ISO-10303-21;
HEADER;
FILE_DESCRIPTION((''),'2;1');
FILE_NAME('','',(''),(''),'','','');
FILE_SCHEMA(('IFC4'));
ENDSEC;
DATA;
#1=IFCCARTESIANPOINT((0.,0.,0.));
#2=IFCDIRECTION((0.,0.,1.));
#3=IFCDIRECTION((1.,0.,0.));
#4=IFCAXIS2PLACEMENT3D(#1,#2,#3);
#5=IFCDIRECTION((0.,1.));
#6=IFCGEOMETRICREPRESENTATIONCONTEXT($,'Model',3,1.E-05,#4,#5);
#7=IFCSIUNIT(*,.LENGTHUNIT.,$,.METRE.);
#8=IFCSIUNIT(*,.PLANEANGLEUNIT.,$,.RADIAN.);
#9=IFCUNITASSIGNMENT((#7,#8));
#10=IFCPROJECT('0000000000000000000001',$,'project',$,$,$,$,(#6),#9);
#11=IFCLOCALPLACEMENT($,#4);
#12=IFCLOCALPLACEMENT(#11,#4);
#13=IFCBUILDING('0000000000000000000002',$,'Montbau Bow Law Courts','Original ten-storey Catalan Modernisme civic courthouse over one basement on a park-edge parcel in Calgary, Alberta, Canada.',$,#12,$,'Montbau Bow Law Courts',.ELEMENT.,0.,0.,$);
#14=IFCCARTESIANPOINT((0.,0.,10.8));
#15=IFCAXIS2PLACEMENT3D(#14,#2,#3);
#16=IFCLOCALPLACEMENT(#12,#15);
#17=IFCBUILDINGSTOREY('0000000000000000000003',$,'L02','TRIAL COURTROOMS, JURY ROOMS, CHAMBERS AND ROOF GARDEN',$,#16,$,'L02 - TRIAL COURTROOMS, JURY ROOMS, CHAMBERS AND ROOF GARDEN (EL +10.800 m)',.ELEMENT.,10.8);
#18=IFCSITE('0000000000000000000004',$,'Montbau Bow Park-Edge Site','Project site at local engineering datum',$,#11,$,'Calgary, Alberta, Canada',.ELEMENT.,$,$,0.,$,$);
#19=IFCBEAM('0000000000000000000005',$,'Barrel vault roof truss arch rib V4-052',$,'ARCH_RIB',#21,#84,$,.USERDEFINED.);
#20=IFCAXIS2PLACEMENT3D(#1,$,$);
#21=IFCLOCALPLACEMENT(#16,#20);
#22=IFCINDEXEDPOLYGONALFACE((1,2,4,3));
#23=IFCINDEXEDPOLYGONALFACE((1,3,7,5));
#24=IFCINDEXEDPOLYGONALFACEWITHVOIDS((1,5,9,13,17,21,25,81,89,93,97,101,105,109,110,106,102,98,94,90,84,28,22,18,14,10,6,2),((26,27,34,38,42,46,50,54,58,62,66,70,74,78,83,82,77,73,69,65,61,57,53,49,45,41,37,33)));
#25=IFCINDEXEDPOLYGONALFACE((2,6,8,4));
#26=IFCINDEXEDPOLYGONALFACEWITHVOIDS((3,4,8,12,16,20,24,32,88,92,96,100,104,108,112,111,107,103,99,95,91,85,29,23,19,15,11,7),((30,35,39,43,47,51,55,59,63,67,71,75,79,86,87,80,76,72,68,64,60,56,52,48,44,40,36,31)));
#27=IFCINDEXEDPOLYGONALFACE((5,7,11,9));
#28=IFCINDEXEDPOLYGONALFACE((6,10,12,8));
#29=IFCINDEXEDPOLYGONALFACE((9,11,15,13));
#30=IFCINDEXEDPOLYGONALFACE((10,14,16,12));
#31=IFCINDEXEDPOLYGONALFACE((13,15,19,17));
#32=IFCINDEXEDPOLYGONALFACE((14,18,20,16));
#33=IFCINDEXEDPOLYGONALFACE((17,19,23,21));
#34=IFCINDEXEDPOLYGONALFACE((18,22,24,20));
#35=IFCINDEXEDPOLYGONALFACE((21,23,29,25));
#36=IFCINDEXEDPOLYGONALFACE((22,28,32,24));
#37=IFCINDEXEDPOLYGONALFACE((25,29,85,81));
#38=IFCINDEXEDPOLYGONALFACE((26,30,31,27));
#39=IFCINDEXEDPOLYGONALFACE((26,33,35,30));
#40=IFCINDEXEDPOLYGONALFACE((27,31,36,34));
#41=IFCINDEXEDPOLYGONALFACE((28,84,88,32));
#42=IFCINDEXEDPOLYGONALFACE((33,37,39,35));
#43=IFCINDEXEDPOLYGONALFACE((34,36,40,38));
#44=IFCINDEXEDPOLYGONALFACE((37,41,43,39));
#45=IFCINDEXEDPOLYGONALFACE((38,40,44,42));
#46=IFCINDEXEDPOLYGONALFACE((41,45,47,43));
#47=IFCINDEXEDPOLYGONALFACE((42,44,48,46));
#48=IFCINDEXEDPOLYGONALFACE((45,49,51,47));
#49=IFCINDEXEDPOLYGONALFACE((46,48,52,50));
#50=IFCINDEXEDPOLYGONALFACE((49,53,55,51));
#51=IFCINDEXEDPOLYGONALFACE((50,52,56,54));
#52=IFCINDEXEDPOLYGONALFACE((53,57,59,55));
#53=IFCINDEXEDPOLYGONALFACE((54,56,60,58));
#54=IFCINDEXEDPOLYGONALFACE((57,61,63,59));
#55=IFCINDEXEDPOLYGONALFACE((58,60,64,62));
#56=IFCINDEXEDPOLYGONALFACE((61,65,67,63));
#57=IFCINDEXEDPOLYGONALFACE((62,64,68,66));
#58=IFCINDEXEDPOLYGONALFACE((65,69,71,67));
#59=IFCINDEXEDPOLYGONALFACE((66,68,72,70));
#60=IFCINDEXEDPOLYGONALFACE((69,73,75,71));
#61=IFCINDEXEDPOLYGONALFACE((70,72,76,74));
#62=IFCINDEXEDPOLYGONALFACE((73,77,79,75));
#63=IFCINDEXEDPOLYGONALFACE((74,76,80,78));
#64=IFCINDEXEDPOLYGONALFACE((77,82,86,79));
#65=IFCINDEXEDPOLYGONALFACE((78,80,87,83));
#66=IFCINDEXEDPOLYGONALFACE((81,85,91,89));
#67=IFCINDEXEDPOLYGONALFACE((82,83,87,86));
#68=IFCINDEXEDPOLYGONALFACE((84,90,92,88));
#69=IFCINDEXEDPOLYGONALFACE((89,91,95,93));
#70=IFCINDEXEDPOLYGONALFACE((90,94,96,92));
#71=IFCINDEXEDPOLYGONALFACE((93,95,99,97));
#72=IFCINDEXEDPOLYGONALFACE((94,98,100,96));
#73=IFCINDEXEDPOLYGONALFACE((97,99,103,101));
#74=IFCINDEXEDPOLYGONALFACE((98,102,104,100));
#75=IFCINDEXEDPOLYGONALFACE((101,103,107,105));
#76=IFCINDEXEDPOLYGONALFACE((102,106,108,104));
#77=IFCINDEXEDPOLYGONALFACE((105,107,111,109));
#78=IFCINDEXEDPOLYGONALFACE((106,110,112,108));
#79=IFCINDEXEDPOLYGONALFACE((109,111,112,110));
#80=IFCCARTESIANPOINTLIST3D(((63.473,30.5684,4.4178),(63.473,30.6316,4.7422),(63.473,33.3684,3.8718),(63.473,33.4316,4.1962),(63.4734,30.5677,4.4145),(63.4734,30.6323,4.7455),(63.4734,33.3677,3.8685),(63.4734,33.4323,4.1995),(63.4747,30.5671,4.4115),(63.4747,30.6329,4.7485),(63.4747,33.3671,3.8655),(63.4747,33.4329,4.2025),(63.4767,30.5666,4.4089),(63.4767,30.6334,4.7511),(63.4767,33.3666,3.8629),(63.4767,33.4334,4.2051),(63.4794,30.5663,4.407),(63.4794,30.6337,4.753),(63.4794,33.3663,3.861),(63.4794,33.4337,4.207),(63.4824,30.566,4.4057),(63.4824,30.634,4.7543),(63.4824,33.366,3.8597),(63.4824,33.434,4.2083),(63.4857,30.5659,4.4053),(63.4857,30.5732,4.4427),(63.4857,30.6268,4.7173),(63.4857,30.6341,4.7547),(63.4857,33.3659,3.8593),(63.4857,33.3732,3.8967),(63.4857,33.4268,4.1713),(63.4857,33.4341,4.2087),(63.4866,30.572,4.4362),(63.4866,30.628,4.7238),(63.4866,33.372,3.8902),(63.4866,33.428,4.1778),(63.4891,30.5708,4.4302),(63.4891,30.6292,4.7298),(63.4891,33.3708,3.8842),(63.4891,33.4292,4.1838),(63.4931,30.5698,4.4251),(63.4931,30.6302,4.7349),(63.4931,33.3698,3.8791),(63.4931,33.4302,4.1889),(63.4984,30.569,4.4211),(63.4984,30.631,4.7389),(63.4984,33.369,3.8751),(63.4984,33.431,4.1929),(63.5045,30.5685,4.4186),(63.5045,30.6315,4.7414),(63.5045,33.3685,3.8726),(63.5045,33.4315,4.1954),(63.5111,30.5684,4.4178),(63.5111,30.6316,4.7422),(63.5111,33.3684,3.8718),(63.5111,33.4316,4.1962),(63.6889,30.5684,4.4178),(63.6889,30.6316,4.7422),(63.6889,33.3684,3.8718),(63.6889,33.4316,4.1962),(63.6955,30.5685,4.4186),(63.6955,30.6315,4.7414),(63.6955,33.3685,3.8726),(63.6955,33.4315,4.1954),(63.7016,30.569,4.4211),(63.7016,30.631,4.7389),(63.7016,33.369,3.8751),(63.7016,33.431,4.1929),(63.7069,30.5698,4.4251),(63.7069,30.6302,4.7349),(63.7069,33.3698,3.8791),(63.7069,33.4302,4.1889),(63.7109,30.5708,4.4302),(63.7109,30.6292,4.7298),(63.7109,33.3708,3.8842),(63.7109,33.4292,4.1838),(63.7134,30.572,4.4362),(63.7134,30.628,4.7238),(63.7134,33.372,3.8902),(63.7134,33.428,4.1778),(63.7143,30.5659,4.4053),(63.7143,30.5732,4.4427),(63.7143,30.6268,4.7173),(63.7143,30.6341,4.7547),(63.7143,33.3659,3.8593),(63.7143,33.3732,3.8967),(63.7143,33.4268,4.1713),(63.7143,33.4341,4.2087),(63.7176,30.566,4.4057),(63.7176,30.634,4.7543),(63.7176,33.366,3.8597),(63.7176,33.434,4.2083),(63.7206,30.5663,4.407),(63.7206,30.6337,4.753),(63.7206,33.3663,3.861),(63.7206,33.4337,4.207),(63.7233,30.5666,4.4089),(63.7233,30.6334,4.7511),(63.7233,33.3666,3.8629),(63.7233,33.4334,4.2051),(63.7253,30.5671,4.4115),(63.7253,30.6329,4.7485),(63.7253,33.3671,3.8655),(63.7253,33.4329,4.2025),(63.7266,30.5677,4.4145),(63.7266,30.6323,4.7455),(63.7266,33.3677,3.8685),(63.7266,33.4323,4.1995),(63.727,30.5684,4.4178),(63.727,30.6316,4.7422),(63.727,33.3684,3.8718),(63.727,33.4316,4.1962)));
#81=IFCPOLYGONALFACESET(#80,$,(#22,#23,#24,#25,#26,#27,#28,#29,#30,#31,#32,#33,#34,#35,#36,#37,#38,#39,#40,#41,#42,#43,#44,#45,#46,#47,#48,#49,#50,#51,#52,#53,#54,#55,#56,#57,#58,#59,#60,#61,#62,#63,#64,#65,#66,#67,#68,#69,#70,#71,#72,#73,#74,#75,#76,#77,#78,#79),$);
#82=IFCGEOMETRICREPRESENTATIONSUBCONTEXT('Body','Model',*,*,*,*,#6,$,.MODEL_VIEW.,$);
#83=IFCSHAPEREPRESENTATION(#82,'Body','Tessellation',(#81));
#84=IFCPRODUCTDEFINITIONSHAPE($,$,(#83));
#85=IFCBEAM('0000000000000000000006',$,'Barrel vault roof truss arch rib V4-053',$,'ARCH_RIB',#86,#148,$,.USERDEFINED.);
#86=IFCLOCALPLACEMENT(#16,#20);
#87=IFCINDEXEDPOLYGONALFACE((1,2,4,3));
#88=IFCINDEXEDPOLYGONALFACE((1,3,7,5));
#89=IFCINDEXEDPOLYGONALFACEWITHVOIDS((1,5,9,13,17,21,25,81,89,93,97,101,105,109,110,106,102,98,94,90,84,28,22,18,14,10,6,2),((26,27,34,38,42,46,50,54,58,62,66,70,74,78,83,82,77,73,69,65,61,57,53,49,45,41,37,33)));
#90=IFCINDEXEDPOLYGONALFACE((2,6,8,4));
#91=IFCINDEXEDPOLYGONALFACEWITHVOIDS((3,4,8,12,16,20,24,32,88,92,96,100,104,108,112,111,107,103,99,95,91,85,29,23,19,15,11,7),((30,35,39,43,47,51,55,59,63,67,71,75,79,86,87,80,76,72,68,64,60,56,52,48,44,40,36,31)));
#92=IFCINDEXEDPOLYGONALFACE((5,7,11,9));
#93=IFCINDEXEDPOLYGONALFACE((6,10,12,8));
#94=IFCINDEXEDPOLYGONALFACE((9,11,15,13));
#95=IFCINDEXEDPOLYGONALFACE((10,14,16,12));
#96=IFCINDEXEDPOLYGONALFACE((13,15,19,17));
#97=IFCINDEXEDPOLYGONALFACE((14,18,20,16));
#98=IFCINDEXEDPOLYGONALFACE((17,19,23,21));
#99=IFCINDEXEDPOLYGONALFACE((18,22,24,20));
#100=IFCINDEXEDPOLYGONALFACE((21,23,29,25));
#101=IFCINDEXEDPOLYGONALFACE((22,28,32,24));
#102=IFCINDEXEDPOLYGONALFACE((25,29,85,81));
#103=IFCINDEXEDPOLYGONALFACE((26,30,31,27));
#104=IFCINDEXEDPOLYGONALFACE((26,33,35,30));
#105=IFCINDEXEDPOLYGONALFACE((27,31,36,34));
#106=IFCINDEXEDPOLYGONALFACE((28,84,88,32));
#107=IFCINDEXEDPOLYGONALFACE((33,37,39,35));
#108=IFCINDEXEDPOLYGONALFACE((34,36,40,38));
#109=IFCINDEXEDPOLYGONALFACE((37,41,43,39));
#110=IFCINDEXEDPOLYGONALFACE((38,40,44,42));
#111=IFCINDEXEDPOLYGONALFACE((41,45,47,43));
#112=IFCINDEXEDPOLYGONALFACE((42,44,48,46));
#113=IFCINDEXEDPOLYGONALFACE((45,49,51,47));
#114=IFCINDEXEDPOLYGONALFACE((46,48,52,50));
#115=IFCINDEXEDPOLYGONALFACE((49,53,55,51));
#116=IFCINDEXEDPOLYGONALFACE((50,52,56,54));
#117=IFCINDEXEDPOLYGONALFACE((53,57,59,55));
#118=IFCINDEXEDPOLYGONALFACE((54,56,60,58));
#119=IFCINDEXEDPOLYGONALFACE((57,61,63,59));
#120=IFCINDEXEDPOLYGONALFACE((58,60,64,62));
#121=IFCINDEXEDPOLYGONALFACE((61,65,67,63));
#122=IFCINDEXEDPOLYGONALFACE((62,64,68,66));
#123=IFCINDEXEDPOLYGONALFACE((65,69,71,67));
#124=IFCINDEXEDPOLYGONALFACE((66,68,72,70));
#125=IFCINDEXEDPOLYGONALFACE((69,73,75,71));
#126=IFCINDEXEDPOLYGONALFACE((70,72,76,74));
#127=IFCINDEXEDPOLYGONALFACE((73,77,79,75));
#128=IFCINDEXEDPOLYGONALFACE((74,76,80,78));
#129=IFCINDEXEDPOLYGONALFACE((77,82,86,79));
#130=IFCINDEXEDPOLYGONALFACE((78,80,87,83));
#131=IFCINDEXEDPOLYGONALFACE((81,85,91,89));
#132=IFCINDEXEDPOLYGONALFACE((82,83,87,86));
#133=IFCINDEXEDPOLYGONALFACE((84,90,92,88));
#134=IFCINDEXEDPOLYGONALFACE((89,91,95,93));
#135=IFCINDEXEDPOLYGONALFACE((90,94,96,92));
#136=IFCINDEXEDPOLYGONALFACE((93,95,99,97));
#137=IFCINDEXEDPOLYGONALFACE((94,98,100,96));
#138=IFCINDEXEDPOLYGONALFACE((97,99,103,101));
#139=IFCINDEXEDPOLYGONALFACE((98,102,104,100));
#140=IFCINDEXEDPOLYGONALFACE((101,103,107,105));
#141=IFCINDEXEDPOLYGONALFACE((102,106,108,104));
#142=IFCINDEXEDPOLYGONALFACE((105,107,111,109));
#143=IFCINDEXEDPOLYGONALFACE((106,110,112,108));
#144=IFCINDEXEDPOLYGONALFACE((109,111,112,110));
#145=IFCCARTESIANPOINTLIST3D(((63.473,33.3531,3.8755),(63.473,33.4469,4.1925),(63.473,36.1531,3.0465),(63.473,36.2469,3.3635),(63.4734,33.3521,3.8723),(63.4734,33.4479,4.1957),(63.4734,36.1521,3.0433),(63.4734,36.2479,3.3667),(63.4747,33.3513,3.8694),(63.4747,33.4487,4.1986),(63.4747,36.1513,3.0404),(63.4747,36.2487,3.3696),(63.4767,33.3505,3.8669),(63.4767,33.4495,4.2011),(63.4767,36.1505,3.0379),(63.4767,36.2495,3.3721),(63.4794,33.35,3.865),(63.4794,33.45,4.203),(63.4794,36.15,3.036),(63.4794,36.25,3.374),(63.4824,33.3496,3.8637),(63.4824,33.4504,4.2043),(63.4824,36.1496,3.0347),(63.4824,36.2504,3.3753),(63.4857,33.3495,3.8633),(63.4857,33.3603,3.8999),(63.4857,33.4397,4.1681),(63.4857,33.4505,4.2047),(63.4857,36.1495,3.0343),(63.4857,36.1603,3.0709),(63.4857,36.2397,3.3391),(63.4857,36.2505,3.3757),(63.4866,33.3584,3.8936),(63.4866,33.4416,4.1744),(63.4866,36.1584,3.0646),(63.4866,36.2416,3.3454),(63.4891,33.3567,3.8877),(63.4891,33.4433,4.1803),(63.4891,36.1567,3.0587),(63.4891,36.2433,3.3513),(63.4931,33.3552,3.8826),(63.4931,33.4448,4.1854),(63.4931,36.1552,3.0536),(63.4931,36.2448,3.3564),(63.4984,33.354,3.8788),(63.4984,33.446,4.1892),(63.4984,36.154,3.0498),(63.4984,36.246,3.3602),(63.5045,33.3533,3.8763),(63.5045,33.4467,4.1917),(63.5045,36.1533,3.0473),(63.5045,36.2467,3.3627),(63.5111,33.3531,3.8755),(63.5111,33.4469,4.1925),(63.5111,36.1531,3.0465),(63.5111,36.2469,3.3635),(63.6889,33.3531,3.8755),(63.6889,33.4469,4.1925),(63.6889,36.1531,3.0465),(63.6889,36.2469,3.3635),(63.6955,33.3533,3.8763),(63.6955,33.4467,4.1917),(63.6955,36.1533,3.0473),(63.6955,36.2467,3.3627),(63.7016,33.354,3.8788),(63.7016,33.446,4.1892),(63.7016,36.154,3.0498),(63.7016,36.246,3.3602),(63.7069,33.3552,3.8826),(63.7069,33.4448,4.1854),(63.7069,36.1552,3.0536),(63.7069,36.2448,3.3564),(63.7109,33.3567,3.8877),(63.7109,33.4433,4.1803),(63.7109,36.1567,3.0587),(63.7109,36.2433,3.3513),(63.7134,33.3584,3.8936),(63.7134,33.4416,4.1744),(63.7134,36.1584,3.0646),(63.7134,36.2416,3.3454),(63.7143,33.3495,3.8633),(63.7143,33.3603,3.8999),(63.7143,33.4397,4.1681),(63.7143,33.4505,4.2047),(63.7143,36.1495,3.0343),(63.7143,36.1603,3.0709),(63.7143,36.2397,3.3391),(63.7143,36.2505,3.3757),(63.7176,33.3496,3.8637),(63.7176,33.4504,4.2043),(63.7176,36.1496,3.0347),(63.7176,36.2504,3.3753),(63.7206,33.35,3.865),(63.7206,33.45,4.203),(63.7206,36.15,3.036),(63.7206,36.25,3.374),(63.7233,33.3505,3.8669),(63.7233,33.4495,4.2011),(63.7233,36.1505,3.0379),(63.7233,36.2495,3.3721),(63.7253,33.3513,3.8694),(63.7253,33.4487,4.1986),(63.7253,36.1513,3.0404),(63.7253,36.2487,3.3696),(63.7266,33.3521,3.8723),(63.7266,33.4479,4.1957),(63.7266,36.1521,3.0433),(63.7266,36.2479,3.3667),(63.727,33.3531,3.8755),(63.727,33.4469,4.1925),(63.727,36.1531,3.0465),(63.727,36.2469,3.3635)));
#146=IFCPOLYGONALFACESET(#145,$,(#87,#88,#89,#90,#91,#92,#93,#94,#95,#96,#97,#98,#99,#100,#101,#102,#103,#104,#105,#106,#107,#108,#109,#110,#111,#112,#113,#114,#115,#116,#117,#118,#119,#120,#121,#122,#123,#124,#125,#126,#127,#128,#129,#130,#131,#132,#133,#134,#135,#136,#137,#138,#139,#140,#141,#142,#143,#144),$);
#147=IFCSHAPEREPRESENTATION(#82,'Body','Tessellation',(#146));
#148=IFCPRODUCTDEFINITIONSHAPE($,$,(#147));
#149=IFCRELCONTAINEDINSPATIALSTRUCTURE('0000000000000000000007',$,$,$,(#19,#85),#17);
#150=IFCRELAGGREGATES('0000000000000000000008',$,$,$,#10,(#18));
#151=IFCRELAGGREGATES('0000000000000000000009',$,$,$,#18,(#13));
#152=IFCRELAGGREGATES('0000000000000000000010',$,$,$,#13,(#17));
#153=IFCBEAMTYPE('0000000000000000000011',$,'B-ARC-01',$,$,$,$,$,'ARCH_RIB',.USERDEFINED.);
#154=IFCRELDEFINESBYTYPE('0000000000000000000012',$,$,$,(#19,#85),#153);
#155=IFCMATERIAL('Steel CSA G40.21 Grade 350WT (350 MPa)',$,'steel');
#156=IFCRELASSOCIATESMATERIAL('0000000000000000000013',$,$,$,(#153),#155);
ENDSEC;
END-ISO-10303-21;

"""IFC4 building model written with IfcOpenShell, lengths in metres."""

from ifc_helpers import new_model, si_unit, direction, frame, origin_with_axes, origin_2d_with_axis, place, context, subcontext, project, spatial, hollow_rectangle, extrude, material, material_profile, profile_set, type_object, element, save


model = new_model("IFC4")

# Units and contexts
model_context = context("Model", 3, precision=1e-05, world=origin_with_axes(), true_north=direction((0.0, 1.0)))
body_context = subcontext(model_context, "Body", "Model", "MODEL_VIEW")
ifc_project = project(units=[si_unit("LENGTHUNIT", "METRE"), si_unit("PLANEANGLEUNIT", "RADIAN")], contexts=[model_context])

# Site, building, storey
site_placement = place(None, origin_with_axes())
site = spatial("IfcSite", under=ifc_project, at=site_placement, Name="Montbau Bow Park-Edge Site", Description="Project site at local engineering datum", LongName="Calgary, Alberta, Canada", CompositionType="ELEMENT", RefElevation=0.0)
building_placement = place(site_placement, origin_with_axes())
building = spatial("IfcBuilding", under=site, at=building_placement, Name="Montbau Bow Law Courts", Description="Original ten-storey Catalan Modernisme civic courthouse over one basement on a park-edge parcel in Calgary, Alberta, Canada.", LongName="Montbau Bow Law Courts", CompositionType="ELEMENT", ElevationOfRefHeight=0.0, ElevationOfTerrain=0.0)
storey_placement = place(building_placement, frame((0.0, 0.0, 10.8), z_axis=(0.0, 0.0, 1.0), x_axis=(1.0, 0.0, 0.0)))
storey = spatial("IfcBuildingStorey", under=building, at=storey_placement, Name="L02", Description="TRIAL COURTROOMS, JURY ROOMS, CHAMBERS AND ROOF GARDEN", LongName="L02 - TRIAL COURTROOMS, JURY ROOMS, CHAMBERS AND ROOF GARDEN (EL +10.800 m)", CompositionType="ELEMENT", Elevation=10.8)

# Beams
ifc_material_1 = material(Name="Steel CSA G40.21 Grade 350WT (350 MPa)", Category="steel")
ifc_material_profile_1 = material_profile(ifc_material_1, hollow_rectangle(XDim=0.254, YDim=0.356, WallThickness=0.0127, InnerFilletRadius=0.0254, OuterFilletRadius=0.0127, at=origin_2d_with_axis()), Name="HSS356X254X13", Category="Main", Priority=0)
ifc_profile_set_1 = profile_set([ifc_material_profile_1], Name="Steel CSA G40.21 Grade 350WT (350 MPa)")
beam_type_1 = type_object("IfcBeamType", Name="B-ARC-01", ElementType="ARCH_RIB", PredefinedType="USERDEFINED", material=ifc_profile_set_1)
beam_1_placement = place(None, frame((63.6, 30.6, 15.38), z_axis=(0.0, 0.981513, -0.191395), x_axis=(-1.0, 0.0, 0.0)))
element("IfcBeam", 1, at=beam_1_placement, inside=storey, type_object=beam_type_1, Name="Barrel vault roof truss arch rib V4-052", ObjectType="ARCH_RIB", PredefinedType="USERDEFINED", context=body_context, shape_type="SweptSolid", body=[
    extrude(hollow_rectangle(XDim=0.254, YDim=0.356, WallThickness=0.0127, InnerFilletRadius=0.0254, OuterFilletRadius=0.0127, at=origin_2d_with_axis()), origin_with_axes(), (0.0, 0.0, 1.0), 2.8527),
])
beam_2_placement = place(None, frame((63.6, 33.4, 14.834), z_axis=(0.0, 0.958857, -0.28389), x_axis=(-1.0, 0.0, 0.0)))
element("IfcBeam", 2, at=beam_2_placement, inside=storey, type_object=beam_type_1, Name="Barrel vault roof truss arch rib V4-053", ObjectType="ARCH_RIB", PredefinedType="USERDEFINED", context=body_context, shape_type="SweptSolid", body=[
    extrude(hollow_rectangle(XDim=0.254, YDim=0.356, WallThickness=0.0127, InnerFilletRadius=0.0254, OuterFilletRadius=0.0127, at=origin_2d_with_axis()), origin_with_axes(), (0.0, 0.0, 1.0), 2.9201),
])

save(model, "model.ifc")
